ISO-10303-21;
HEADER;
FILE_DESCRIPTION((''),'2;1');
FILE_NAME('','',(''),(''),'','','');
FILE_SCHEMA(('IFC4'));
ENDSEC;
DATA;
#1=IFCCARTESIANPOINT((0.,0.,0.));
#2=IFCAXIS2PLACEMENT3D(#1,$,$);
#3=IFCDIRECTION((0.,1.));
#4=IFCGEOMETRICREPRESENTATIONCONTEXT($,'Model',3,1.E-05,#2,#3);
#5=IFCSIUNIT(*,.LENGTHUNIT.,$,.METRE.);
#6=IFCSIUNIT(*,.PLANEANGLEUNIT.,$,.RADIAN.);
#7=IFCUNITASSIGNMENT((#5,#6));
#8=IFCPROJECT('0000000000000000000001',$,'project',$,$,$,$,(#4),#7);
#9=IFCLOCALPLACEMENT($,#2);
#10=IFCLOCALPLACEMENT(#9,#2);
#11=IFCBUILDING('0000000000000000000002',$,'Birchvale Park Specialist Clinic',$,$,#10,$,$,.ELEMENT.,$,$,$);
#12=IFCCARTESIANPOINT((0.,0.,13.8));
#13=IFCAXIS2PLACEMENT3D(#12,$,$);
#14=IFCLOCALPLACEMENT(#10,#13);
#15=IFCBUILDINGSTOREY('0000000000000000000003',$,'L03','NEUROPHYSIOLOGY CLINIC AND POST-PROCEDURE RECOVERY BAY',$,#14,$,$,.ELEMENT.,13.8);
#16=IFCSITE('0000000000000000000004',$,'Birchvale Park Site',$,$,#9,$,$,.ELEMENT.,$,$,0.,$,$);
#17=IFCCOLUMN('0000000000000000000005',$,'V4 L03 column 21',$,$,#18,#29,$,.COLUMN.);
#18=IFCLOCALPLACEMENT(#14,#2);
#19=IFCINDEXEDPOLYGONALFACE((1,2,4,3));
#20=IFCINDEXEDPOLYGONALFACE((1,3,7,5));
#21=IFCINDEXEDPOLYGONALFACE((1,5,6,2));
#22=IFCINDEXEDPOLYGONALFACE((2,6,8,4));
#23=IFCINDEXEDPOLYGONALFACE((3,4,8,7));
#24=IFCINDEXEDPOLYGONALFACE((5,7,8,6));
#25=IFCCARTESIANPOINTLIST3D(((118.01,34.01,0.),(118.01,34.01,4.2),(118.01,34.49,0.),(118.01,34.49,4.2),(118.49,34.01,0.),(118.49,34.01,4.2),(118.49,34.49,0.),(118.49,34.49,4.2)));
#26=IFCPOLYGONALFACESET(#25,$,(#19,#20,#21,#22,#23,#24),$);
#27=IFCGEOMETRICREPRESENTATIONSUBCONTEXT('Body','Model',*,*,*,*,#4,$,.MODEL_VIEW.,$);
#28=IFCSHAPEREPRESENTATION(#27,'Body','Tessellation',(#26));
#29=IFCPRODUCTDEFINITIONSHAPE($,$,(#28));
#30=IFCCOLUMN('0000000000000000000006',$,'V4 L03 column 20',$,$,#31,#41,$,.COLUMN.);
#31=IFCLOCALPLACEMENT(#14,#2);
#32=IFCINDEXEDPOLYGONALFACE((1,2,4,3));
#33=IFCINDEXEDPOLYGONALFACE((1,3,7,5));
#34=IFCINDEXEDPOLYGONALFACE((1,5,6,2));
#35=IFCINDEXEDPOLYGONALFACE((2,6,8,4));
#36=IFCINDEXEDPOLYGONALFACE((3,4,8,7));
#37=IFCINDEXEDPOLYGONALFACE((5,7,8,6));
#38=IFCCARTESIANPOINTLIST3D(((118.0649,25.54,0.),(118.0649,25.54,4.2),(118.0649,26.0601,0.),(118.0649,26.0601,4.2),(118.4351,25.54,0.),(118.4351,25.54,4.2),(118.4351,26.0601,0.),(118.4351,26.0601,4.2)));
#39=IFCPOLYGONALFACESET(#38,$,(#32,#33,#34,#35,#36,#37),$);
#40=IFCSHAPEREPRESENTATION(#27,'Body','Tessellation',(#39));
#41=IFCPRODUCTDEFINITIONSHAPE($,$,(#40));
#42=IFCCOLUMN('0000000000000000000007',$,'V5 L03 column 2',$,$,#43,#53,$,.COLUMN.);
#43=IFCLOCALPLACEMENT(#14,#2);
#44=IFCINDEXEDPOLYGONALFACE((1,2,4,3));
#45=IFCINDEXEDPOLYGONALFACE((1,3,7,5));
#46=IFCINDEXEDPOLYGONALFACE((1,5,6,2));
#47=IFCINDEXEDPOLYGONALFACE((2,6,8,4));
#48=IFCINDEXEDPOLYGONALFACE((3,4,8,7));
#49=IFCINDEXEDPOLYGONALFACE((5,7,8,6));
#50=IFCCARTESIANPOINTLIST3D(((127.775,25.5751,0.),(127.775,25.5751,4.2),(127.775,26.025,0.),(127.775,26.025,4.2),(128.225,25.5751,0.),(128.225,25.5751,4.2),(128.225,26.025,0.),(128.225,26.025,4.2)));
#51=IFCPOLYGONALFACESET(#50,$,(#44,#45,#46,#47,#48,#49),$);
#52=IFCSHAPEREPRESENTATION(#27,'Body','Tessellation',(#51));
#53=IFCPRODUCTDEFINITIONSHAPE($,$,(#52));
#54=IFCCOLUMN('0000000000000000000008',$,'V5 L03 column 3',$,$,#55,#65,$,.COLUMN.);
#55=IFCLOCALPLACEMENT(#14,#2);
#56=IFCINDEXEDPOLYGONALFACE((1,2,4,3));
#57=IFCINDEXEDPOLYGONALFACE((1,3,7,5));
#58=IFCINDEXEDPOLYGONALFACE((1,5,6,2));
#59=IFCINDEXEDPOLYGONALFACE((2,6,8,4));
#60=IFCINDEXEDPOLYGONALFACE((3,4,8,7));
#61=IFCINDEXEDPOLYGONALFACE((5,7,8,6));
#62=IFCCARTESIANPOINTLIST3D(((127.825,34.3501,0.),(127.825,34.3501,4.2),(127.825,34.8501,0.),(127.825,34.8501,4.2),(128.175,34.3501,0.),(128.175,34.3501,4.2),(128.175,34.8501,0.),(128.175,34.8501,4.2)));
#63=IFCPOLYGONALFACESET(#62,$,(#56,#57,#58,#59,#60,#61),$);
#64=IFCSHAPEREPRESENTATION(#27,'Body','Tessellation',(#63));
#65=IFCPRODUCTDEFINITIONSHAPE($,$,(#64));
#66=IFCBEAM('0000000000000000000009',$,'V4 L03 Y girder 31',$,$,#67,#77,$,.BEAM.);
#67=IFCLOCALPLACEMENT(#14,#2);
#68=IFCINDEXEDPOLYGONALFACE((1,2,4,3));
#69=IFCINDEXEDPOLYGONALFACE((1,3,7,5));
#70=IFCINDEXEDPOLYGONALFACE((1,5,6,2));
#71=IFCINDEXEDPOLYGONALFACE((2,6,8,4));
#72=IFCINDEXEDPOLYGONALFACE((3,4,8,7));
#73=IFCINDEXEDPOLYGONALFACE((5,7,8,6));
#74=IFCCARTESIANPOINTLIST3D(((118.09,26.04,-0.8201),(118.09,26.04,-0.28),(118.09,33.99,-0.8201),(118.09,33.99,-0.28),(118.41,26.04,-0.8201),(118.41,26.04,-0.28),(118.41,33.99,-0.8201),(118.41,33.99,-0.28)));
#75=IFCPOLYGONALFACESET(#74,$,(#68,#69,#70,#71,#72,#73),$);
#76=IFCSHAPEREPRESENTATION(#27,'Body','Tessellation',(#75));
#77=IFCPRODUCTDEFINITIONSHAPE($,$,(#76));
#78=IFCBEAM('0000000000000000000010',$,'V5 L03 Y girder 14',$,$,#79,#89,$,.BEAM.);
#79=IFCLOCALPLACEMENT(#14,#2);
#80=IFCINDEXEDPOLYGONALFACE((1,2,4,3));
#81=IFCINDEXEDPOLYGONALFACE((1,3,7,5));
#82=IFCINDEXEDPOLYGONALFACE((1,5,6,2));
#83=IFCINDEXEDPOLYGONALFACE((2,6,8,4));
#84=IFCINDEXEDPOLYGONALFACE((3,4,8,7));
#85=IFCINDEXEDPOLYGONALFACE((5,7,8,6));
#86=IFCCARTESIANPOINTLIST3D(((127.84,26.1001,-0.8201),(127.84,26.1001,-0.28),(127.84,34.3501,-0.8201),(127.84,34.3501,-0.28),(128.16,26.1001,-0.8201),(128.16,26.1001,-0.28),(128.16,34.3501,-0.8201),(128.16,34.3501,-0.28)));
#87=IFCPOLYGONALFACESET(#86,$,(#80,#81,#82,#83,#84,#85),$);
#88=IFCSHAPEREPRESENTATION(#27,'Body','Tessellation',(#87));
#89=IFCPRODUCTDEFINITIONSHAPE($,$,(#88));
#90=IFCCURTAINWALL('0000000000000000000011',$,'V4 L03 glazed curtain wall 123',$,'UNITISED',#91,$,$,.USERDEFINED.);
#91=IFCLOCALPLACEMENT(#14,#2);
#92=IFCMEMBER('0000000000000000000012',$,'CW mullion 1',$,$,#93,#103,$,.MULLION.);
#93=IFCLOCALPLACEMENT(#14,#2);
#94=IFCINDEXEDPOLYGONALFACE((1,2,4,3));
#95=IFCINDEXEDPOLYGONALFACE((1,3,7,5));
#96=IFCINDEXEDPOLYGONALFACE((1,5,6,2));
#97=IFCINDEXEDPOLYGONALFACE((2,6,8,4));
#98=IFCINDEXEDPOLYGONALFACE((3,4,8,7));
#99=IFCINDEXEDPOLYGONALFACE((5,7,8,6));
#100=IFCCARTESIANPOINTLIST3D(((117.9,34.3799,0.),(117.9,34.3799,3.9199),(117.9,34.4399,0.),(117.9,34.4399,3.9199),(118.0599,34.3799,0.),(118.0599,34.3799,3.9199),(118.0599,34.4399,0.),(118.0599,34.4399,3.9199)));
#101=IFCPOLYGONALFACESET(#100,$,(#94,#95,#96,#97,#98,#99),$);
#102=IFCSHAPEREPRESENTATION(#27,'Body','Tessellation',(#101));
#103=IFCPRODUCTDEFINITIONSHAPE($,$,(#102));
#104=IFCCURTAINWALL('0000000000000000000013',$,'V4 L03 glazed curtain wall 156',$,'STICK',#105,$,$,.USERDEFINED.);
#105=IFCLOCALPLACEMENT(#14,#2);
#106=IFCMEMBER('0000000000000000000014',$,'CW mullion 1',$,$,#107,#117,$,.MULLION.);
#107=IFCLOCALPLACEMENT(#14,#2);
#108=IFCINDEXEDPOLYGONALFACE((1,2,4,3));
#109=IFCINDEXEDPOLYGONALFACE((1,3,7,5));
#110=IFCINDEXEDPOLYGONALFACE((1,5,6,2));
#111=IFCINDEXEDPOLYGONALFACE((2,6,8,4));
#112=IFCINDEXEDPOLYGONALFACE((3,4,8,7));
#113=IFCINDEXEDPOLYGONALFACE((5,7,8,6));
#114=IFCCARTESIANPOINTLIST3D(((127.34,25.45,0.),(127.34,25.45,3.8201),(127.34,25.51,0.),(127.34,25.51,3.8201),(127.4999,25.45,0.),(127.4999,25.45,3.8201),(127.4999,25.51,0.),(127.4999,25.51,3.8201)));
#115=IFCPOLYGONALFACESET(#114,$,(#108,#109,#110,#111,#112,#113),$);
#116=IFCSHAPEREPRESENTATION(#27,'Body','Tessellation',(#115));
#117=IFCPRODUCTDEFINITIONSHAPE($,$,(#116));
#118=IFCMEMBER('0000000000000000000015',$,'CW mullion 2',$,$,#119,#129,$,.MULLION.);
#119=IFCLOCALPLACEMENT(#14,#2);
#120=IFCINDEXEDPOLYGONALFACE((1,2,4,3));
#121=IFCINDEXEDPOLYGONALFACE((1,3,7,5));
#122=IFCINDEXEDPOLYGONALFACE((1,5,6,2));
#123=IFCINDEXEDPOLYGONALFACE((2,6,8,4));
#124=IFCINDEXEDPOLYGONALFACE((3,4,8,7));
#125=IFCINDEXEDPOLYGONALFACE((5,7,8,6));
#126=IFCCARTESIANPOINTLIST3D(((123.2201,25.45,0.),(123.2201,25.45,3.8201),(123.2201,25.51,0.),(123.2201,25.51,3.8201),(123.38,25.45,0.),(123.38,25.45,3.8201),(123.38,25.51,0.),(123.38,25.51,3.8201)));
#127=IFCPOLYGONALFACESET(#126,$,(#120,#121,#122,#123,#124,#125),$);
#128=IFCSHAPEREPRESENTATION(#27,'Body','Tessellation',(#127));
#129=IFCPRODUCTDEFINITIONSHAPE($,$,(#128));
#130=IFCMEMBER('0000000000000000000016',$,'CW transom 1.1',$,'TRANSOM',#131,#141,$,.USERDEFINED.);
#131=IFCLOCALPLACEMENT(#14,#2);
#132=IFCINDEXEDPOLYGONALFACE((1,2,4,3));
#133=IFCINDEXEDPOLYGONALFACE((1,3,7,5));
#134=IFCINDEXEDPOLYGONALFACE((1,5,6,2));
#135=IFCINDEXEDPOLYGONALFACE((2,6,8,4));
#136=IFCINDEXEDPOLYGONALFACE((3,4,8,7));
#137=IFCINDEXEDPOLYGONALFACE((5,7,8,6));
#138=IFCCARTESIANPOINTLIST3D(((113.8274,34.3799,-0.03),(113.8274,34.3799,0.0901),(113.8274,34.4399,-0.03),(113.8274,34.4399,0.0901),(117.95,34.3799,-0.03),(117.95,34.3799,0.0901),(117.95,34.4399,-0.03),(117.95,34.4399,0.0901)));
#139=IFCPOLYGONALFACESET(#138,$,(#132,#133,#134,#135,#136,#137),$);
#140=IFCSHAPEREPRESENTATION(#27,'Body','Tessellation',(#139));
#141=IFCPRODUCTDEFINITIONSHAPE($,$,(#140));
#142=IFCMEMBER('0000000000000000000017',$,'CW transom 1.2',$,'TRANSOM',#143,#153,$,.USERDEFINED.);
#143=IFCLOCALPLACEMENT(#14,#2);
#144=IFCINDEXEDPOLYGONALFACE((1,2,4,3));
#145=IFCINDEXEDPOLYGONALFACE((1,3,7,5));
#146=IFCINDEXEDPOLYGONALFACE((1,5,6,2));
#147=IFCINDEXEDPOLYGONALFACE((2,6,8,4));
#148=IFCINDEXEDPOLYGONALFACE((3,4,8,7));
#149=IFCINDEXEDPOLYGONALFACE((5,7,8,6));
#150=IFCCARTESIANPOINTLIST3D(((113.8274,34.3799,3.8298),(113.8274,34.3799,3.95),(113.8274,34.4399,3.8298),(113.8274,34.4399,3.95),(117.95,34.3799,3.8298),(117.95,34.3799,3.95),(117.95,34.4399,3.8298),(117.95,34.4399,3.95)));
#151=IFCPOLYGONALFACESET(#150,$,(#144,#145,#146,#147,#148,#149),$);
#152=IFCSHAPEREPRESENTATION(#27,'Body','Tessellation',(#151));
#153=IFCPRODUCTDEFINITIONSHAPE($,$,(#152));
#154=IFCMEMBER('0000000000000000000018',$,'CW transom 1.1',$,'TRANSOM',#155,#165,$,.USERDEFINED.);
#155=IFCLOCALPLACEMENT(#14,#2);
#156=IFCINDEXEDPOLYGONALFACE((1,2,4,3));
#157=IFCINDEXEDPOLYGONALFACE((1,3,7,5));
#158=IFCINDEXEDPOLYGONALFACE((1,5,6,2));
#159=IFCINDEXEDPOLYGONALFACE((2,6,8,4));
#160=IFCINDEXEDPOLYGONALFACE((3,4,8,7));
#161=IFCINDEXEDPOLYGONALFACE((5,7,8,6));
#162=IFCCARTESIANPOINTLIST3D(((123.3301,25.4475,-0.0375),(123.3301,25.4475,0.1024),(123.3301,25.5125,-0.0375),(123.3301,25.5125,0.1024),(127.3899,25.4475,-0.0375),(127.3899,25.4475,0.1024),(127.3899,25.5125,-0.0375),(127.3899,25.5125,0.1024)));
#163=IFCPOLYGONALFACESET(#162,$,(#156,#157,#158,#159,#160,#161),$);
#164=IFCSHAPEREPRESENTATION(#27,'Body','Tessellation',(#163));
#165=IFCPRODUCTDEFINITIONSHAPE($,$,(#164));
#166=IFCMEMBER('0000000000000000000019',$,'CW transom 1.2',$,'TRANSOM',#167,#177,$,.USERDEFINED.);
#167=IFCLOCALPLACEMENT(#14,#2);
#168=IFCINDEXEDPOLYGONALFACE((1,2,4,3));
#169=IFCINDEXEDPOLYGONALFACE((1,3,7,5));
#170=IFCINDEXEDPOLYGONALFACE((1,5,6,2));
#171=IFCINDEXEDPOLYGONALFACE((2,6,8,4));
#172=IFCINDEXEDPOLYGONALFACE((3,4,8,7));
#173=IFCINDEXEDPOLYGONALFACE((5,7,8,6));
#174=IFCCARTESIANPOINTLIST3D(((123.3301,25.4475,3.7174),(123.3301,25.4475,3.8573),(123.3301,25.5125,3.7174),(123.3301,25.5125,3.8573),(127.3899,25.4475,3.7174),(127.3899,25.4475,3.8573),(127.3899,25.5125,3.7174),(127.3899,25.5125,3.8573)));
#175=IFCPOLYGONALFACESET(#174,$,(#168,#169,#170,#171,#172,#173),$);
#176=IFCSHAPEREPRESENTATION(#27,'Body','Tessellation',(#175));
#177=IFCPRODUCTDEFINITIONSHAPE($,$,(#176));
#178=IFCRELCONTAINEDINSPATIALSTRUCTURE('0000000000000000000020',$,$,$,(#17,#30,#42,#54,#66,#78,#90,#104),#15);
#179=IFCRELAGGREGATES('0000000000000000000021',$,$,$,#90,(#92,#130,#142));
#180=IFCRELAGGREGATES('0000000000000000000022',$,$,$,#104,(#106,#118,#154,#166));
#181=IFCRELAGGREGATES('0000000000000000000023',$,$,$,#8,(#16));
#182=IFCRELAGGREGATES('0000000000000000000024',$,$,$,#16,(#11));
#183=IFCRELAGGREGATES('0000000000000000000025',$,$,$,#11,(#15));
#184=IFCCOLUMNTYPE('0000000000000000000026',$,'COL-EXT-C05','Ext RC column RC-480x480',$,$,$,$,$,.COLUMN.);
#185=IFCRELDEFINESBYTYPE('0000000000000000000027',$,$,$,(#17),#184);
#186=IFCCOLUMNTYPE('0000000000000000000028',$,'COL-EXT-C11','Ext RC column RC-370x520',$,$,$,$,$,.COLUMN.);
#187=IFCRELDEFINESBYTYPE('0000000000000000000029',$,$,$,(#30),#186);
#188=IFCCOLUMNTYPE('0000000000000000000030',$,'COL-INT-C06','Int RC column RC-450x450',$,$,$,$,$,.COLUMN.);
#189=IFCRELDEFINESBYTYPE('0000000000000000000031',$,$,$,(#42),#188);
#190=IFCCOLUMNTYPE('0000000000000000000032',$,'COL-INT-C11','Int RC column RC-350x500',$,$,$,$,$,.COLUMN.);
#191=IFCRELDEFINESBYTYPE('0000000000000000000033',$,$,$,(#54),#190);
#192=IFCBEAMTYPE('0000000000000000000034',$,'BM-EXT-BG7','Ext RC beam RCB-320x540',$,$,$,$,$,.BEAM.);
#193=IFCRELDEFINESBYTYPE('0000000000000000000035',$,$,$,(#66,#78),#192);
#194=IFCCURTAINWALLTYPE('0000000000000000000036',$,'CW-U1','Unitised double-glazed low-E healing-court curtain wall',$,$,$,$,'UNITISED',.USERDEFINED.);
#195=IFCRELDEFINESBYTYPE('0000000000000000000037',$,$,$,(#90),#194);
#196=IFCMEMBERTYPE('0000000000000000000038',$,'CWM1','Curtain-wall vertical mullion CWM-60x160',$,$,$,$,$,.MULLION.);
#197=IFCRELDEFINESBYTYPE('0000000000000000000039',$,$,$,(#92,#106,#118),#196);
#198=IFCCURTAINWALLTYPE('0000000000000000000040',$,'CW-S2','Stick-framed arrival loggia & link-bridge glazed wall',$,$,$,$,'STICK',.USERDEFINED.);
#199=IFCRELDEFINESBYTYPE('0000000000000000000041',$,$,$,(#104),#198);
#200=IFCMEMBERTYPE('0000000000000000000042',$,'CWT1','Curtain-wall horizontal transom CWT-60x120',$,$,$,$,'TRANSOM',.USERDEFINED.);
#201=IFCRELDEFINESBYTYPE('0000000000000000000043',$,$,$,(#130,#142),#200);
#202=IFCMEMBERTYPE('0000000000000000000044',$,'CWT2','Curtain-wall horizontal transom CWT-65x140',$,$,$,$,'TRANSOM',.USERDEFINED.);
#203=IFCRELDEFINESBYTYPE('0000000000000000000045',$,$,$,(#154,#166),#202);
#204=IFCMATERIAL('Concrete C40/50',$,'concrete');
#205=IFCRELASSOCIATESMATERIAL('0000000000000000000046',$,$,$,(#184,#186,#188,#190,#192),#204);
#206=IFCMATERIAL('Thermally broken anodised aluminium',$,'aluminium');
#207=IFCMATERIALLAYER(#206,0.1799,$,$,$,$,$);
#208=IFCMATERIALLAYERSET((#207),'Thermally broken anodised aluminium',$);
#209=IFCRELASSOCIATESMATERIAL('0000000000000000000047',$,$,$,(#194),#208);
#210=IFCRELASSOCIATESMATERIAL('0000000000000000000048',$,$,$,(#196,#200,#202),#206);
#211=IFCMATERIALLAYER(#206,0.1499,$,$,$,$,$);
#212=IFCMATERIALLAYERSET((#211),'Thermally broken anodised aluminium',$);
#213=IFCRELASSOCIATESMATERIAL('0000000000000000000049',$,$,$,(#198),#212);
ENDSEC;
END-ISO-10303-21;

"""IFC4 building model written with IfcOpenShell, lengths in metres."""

from ifc_helpers import new_model, si_unit, direction, frame, origin, origin_2d, place, context, subcontext, project, spatial, rectangle, extrude, material, layer, layer_set, material_profile, profile_set, type_object, element, aggregate, save


model = new_model("IFC4")

# Units and contexts
model_context = context("Model", 3, precision=1e-05, world=origin(), true_north=direction((0.0, 1.0)))
body_context = subcontext(model_context, "Body", "Model", "MODEL_VIEW")
ifc_project = project(units=[si_unit("LENGTHUNIT", "METRE"), si_unit("PLANEANGLEUNIT", "RADIAN")], contexts=[model_context])

# Site, building, storey
site_placement = place(None, origin())
site = spatial("IfcSite", under=ifc_project, at=site_placement, Name="Birchvale Park Site", CompositionType="ELEMENT", RefElevation=0.0)
building_placement = place(site_placement, origin())
building = spatial("IfcBuilding", under=site, at=building_placement, Name="Birchvale Park Specialist Clinic", CompositionType="ELEMENT")
storey_placement = place(building_placement, frame((0.0, 0.0, 13.8)))
storey = spatial("IfcBuildingStorey", under=building, at=storey_placement, Name="L03", Description="NEUROPHYSIOLOGY CLINIC AND POST-PROCEDURE RECOVERY BAY", CompositionType="ELEMENT", Elevation=13.8)

# Columns
ifc_material_1 = material(Name="Concrete C40/50", Category="concrete")
ifc_material_profile_1 = material_profile(ifc_material_1, rectangle(XDim=0.48, YDim=0.48, at=origin_2d()), Name="RC-480x480")
ifc_profile_set_1 = profile_set([ifc_material_profile_1], Name="Concrete C40/50")
column_type_1 = type_object("IfcColumnType", Name="COL-EXT-C05", Description="Ext RC column RC-480x480", PredefinedType="COLUMN", material=ifc_profile_set_1)
column_1_placement = place(storey_placement, frame((118.25, 34.25, 0.0), z_axis=(0.0, 0.0, 1.0), x_axis=(1.0, 0.0, 0.0)))
element("IfcColumn", 1, at=column_1_placement, inside=storey, type_object=column_type_1, Name="V4 L03 column 21", PredefinedType="COLUMN", context=body_context, shape_type="SweptSolid", body=[
    extrude(rectangle(XDim=0.48, YDim=0.48, at=origin_2d()), origin(), (0.0, 0.0, 1.0), 4.2),
])
ifc_material_profile_2 = material_profile(ifc_material_1, rectangle(XDim=0.3701, YDim=0.52, at=origin_2d()), Name="RC-370x520")
ifc_profile_set_2 = profile_set([ifc_material_profile_2], Name="Concrete C40/50")
column_type_2 = type_object("IfcColumnType", Name="COL-EXT-C11", Description="Ext RC column RC-370x520", PredefinedType="COLUMN", material=ifc_profile_set_2)
column_2_placement = place(storey_placement, frame((118.25, 25.8, 0.0), z_axis=(0.0, 0.0, 1.0), x_axis=(1.0, 0.0, 0.0)))
element("IfcColumn", 2, at=column_2_placement, inside=storey, type_object=column_type_2, Name="V4 L03 column 20", PredefinedType="COLUMN", context=body_context, shape_type="SweptSolid", body=[
    extrude(rectangle(XDim=0.3701, YDim=0.52, at=origin_2d()), origin(), (0.0, 0.0, 1.0), 4.2),
])
ifc_material_profile_3 = material_profile(ifc_material_1, rectangle(XDim=0.45, YDim=0.45, at=origin_2d()), Name="RC-450x450")
ifc_profile_set_3 = profile_set([ifc_material_profile_3], Name="Concrete C40/50")
column_type_3 = type_object("IfcColumnType", Name="COL-INT-C06", Description="Int RC column RC-450x450", PredefinedType="COLUMN", material=ifc_profile_set_3)
column_3_placement = place(storey_placement, frame((128.0, 25.8, 0.0), z_axis=(0.0, 0.0, 1.0), x_axis=(1.0, 0.0, 0.0)))
element("IfcColumn", 3, at=column_3_placement, inside=storey, type_object=column_type_3, Name="V5 L03 column 2", PredefinedType="COLUMN", context=body_context, shape_type="SweptSolid", body=[
    extrude(rectangle(XDim=0.45, YDim=0.45, at=origin_2d()), origin(), (0.0, 0.0, 1.0), 4.2),
])
ifc_material_profile_4 = material_profile(ifc_material_1, rectangle(XDim=0.3501, YDim=0.5, at=origin_2d()), Name="RC-350x500")
ifc_profile_set_4 = profile_set([ifc_material_profile_4], Name="Concrete C40/50")
column_type_4 = type_object("IfcColumnType", Name="COL-INT-C11", Description="Int RC column RC-350x500", PredefinedType="COLUMN", material=ifc_profile_set_4)
column_4_placement = place(storey_placement, frame((128.0, 34.6001, 0.0), z_axis=(0.0, 0.0, 1.0), x_axis=(1.0, 0.0, 0.0)))
element("IfcColumn", 4, at=column_4_placement, inside=storey, type_object=column_type_4, Name="V5 L03 column 3", PredefinedType="COLUMN", context=body_context, shape_type="SweptSolid", body=[
    extrude(rectangle(XDim=0.3501, YDim=0.5, at=origin_2d()), origin(), (0.0, 0.0, 1.0), 4.2),
])

# Beams
ifc_material_profile_5 = material_profile(ifc_material_1, rectangle(XDim=0.3201, YDim=0.54, at=origin_2d()), Name="RCB-320x540")
ifc_profile_set_5 = profile_set([ifc_material_profile_5], Name="Concrete C40/50")
beam_type = type_object("IfcBeamType", Name="BM-EXT-BG7", Description="Ext RC beam RCB-320x540", PredefinedType="BEAM", material=ifc_profile_set_5)
beam_1_placement = place(storey_placement, frame((118.25, 26.04, -0.55), z_axis=(0.0, 1.0, 0.0), x_axis=(-1.0, 0.0, 0.0)))
element("IfcBeam", 5, at=beam_1_placement, inside=storey, type_object=beam_type, Name="V4 L03 Y girder 31", PredefinedType="BEAM", context=body_context, shape_type="SweptSolid", body=[
    extrude(rectangle(XDim=0.3201, YDim=0.54, at=origin_2d()), origin(), (0.0, 0.0, 1.0), 7.95),
])
beam_2_placement = place(storey_placement, frame((128.0, 26.1001, -0.55), z_axis=(0.0, 1.0, 0.0), x_axis=(-1.0, 0.0, 0.0)))
element("IfcBeam", 6, at=beam_2_placement, inside=storey, type_object=beam_type, Name="V5 L03 Y girder 14", PredefinedType="BEAM", context=body_context, shape_type="SweptSolid", body=[
    extrude(rectangle(XDim=0.3201, YDim=0.54, at=origin_2d()), origin(), (0.0, 0.0, 1.0), 8.25),
])

# Curtain wall, member
ifc_material_2 = material(Name="Thermally broken anodised aluminium", Category="aluminium")
ifc_layer_1 = layer(ifc_material_2, 0.1799)
ifc_layer_set_1 = layer_set([ifc_layer_1], Name="Thermally broken anodised aluminium")
curtain_wall_type_1 = type_object("IfcCurtainWallType", Name="CW-U1", Description="Unitised double-glazed low-E healing-court curtain wall", ElementType="UNITISED", PredefinedType="USERDEFINED", material=ifc_layer_set_1)
curtain_wall_1_placement = place(storey_placement, origin())
curtain_wall_1 = element("IfcCurtainWall", 7, at=curtain_wall_1_placement, inside=storey, type_object=curtain_wall_type_1, Name="V4 L03 glazed curtain wall 123", ObjectType="UNITISED", PredefinedType="USERDEFINED")
ifc_material_profile_6 = material_profile(ifc_material_2, rectangle(XDim=0.0601, YDim=0.1599, at=origin_2d()), Name="CWM-60x160")
ifc_profile_set_6 = profile_set([ifc_material_profile_6], Name="Thermally broken anodised aluminium")
member_type_1 = type_object("IfcMemberType", Name="CWM1", Description="Curtain-wall vertical mullion CWM-60x160", PredefinedType="MULLION", material=ifc_profile_set_6)
member_1_placement = place(storey_placement, frame((117.98, 34.4099, 0.0), z_axis=(0.0, 0.0, 1.0), x_axis=(0.0, -1.0, 0.0)))
member_1 = element("IfcMember", 8, at=member_1_placement, type_object=member_type_1, Name="CW mullion 1", PredefinedType="MULLION", context=body_context, shape_type="SweptSolid", body=[
    extrude(rectangle(XDim=0.0601, YDim=0.1599, at=origin_2d()), origin(), (0.0, 0.0, 1.0), 3.9199),
])

# Curtain wall, members
ifc_layer_2 = layer(ifc_material_2, 0.1499)
ifc_layer_set_2 = layer_set([ifc_layer_2], Name="Thermally broken anodised aluminium")
curtain_wall_type_2 = type_object("IfcCurtainWallType", Name="CW-S2", Description="Stick-framed arrival loggia & link-bridge glazed wall", ElementType="STICK", PredefinedType="USERDEFINED", material=ifc_layer_set_2)
curtain_wall_2_placement = place(storey_placement, origin())
curtain_wall_2 = element("IfcCurtainWall", 9, at=curtain_wall_2_placement, inside=storey, type_object=curtain_wall_type_2, Name="V4 L03 glazed curtain wall 156", ObjectType="STICK", PredefinedType="USERDEFINED")
member_2_placement = place(storey_placement, frame((127.4199, 25.48, 0.0), z_axis=(0.0, 0.0, 1.0), x_axis=(0.0, -1.0, 0.0)))
member_2 = element("IfcMember", 10, at=member_2_placement, type_object=member_type_1, Name="CW mullion 1", PredefinedType="MULLION", context=body_context, shape_type="SweptSolid", body=[
    extrude(rectangle(XDim=0.0601, YDim=0.1599, at=origin_2d()), origin(), (0.0, 0.0, 1.0), 3.8201),
])
member_3_placement = place(storey_placement, frame((123.3, 25.48, 0.0), z_axis=(0.0, 0.0, 1.0), x_axis=(0.0, -1.0, 0.0)))
member_3 = element("IfcMember", 11, at=member_3_placement, type_object=member_type_1, Name="CW mullion 2", PredefinedType="MULLION", context=body_context, shape_type="SweptSolid", body=[
    extrude(rectangle(XDim=0.0601, YDim=0.1599, at=origin_2d()), origin(), (0.0, 0.0, 1.0), 3.8201),
])

# Members
ifc_material_profile_7 = material_profile(ifc_material_2, rectangle(XDim=0.0601, YDim=0.1201, at=origin_2d()), Name="CWT-60x120")
ifc_profile_set_7 = profile_set([ifc_material_profile_7], Name="Thermally broken anodised aluminium")
member_type_2 = type_object("IfcMemberType", Name="CWT1", Description="Curtain-wall horizontal transom CWT-60x120", ElementType="TRANSOM", PredefinedType="USERDEFINED", material=ifc_profile_set_7)
member_4_placement = place(storey_placement, frame((117.95, 34.4099, 0.03), z_axis=(-1.0, 0.0, 0.0), x_axis=(0.0, -1.0, 0.0)))
member_4 = element("IfcMember", 12, at=member_4_placement, type_object=member_type_2, Name="CW transom 1.1", ObjectType="TRANSOM", PredefinedType="USERDEFINED", context=body_context, shape_type="SweptSolid", body=[
    extrude(rectangle(XDim=0.0601, YDim=0.1201, at=origin_2d()), origin(), (0.0, 0.0, 1.0), 4.1226),
])
member_5_placement = place(storey_placement, frame((117.95, 34.4099, 3.8899), z_axis=(-1.0, 0.0, 0.0), x_axis=(0.0, -1.0, 0.0)))
member_5 = element("IfcMember", 13, at=member_5_placement, type_object=member_type_2, Name="CW transom 1.2", ObjectType="TRANSOM", PredefinedType="USERDEFINED", context=body_context, shape_type="SweptSolid", body=[
    extrude(rectangle(XDim=0.0601, YDim=0.1201, at=origin_2d()), origin(), (0.0, 0.0, 1.0), 4.1226),
])
ifc_material_profile_8 = material_profile(ifc_material_2, rectangle(XDim=0.0649, YDim=0.1399, at=origin_2d()), Name="CWT-65x140")
ifc_profile_set_8 = profile_set([ifc_material_profile_8], Name="Thermally broken anodised aluminium")
member_type_3 = type_object("IfcMemberType", Name="CWT2", Description="Curtain-wall horizontal transom CWT-65x140", ElementType="TRANSOM", PredefinedType="USERDEFINED", material=ifc_profile_set_8)
member_6_placement = place(storey_placement, frame((127.3899, 25.48, 0.0325), z_axis=(-1.0, 0.0, 0.0), x_axis=(0.0, -1.0, 0.0)))
member_6 = element("IfcMember", 14, at=member_6_placement, type_object=member_type_3, Name="CW transom 1.1", ObjectType="TRANSOM", PredefinedType="USERDEFINED", context=body_context, shape_type="SweptSolid", body=[
    extrude(rectangle(XDim=0.0649, YDim=0.1399, at=origin_2d()), origin(), (0.0, 0.0, 1.0), 4.0598),
])
member_7_placement = place(storey_placement, frame((127.3899, 25.48, 3.7874), z_axis=(-1.0, 0.0, 0.0), x_axis=(0.0, -1.0, 0.0)))
member_7 = element("IfcMember", 15, at=member_7_placement, type_object=member_type_3, Name="CW transom 1.2", ObjectType="TRANSOM", PredefinedType="USERDEFINED", context=body_context, shape_type="SweptSolid", body=[
    extrude(rectangle(XDim=0.0649, YDim=0.1399, at=origin_2d()), origin(), (0.0, 0.0, 1.0), 4.0598),
])

aggregate(curtain_wall_1, [member_1, member_4, member_5])
aggregate(curtain_wall_2, [member_2, member_3, member_6, member_7])

save(model, "model.ifc")
